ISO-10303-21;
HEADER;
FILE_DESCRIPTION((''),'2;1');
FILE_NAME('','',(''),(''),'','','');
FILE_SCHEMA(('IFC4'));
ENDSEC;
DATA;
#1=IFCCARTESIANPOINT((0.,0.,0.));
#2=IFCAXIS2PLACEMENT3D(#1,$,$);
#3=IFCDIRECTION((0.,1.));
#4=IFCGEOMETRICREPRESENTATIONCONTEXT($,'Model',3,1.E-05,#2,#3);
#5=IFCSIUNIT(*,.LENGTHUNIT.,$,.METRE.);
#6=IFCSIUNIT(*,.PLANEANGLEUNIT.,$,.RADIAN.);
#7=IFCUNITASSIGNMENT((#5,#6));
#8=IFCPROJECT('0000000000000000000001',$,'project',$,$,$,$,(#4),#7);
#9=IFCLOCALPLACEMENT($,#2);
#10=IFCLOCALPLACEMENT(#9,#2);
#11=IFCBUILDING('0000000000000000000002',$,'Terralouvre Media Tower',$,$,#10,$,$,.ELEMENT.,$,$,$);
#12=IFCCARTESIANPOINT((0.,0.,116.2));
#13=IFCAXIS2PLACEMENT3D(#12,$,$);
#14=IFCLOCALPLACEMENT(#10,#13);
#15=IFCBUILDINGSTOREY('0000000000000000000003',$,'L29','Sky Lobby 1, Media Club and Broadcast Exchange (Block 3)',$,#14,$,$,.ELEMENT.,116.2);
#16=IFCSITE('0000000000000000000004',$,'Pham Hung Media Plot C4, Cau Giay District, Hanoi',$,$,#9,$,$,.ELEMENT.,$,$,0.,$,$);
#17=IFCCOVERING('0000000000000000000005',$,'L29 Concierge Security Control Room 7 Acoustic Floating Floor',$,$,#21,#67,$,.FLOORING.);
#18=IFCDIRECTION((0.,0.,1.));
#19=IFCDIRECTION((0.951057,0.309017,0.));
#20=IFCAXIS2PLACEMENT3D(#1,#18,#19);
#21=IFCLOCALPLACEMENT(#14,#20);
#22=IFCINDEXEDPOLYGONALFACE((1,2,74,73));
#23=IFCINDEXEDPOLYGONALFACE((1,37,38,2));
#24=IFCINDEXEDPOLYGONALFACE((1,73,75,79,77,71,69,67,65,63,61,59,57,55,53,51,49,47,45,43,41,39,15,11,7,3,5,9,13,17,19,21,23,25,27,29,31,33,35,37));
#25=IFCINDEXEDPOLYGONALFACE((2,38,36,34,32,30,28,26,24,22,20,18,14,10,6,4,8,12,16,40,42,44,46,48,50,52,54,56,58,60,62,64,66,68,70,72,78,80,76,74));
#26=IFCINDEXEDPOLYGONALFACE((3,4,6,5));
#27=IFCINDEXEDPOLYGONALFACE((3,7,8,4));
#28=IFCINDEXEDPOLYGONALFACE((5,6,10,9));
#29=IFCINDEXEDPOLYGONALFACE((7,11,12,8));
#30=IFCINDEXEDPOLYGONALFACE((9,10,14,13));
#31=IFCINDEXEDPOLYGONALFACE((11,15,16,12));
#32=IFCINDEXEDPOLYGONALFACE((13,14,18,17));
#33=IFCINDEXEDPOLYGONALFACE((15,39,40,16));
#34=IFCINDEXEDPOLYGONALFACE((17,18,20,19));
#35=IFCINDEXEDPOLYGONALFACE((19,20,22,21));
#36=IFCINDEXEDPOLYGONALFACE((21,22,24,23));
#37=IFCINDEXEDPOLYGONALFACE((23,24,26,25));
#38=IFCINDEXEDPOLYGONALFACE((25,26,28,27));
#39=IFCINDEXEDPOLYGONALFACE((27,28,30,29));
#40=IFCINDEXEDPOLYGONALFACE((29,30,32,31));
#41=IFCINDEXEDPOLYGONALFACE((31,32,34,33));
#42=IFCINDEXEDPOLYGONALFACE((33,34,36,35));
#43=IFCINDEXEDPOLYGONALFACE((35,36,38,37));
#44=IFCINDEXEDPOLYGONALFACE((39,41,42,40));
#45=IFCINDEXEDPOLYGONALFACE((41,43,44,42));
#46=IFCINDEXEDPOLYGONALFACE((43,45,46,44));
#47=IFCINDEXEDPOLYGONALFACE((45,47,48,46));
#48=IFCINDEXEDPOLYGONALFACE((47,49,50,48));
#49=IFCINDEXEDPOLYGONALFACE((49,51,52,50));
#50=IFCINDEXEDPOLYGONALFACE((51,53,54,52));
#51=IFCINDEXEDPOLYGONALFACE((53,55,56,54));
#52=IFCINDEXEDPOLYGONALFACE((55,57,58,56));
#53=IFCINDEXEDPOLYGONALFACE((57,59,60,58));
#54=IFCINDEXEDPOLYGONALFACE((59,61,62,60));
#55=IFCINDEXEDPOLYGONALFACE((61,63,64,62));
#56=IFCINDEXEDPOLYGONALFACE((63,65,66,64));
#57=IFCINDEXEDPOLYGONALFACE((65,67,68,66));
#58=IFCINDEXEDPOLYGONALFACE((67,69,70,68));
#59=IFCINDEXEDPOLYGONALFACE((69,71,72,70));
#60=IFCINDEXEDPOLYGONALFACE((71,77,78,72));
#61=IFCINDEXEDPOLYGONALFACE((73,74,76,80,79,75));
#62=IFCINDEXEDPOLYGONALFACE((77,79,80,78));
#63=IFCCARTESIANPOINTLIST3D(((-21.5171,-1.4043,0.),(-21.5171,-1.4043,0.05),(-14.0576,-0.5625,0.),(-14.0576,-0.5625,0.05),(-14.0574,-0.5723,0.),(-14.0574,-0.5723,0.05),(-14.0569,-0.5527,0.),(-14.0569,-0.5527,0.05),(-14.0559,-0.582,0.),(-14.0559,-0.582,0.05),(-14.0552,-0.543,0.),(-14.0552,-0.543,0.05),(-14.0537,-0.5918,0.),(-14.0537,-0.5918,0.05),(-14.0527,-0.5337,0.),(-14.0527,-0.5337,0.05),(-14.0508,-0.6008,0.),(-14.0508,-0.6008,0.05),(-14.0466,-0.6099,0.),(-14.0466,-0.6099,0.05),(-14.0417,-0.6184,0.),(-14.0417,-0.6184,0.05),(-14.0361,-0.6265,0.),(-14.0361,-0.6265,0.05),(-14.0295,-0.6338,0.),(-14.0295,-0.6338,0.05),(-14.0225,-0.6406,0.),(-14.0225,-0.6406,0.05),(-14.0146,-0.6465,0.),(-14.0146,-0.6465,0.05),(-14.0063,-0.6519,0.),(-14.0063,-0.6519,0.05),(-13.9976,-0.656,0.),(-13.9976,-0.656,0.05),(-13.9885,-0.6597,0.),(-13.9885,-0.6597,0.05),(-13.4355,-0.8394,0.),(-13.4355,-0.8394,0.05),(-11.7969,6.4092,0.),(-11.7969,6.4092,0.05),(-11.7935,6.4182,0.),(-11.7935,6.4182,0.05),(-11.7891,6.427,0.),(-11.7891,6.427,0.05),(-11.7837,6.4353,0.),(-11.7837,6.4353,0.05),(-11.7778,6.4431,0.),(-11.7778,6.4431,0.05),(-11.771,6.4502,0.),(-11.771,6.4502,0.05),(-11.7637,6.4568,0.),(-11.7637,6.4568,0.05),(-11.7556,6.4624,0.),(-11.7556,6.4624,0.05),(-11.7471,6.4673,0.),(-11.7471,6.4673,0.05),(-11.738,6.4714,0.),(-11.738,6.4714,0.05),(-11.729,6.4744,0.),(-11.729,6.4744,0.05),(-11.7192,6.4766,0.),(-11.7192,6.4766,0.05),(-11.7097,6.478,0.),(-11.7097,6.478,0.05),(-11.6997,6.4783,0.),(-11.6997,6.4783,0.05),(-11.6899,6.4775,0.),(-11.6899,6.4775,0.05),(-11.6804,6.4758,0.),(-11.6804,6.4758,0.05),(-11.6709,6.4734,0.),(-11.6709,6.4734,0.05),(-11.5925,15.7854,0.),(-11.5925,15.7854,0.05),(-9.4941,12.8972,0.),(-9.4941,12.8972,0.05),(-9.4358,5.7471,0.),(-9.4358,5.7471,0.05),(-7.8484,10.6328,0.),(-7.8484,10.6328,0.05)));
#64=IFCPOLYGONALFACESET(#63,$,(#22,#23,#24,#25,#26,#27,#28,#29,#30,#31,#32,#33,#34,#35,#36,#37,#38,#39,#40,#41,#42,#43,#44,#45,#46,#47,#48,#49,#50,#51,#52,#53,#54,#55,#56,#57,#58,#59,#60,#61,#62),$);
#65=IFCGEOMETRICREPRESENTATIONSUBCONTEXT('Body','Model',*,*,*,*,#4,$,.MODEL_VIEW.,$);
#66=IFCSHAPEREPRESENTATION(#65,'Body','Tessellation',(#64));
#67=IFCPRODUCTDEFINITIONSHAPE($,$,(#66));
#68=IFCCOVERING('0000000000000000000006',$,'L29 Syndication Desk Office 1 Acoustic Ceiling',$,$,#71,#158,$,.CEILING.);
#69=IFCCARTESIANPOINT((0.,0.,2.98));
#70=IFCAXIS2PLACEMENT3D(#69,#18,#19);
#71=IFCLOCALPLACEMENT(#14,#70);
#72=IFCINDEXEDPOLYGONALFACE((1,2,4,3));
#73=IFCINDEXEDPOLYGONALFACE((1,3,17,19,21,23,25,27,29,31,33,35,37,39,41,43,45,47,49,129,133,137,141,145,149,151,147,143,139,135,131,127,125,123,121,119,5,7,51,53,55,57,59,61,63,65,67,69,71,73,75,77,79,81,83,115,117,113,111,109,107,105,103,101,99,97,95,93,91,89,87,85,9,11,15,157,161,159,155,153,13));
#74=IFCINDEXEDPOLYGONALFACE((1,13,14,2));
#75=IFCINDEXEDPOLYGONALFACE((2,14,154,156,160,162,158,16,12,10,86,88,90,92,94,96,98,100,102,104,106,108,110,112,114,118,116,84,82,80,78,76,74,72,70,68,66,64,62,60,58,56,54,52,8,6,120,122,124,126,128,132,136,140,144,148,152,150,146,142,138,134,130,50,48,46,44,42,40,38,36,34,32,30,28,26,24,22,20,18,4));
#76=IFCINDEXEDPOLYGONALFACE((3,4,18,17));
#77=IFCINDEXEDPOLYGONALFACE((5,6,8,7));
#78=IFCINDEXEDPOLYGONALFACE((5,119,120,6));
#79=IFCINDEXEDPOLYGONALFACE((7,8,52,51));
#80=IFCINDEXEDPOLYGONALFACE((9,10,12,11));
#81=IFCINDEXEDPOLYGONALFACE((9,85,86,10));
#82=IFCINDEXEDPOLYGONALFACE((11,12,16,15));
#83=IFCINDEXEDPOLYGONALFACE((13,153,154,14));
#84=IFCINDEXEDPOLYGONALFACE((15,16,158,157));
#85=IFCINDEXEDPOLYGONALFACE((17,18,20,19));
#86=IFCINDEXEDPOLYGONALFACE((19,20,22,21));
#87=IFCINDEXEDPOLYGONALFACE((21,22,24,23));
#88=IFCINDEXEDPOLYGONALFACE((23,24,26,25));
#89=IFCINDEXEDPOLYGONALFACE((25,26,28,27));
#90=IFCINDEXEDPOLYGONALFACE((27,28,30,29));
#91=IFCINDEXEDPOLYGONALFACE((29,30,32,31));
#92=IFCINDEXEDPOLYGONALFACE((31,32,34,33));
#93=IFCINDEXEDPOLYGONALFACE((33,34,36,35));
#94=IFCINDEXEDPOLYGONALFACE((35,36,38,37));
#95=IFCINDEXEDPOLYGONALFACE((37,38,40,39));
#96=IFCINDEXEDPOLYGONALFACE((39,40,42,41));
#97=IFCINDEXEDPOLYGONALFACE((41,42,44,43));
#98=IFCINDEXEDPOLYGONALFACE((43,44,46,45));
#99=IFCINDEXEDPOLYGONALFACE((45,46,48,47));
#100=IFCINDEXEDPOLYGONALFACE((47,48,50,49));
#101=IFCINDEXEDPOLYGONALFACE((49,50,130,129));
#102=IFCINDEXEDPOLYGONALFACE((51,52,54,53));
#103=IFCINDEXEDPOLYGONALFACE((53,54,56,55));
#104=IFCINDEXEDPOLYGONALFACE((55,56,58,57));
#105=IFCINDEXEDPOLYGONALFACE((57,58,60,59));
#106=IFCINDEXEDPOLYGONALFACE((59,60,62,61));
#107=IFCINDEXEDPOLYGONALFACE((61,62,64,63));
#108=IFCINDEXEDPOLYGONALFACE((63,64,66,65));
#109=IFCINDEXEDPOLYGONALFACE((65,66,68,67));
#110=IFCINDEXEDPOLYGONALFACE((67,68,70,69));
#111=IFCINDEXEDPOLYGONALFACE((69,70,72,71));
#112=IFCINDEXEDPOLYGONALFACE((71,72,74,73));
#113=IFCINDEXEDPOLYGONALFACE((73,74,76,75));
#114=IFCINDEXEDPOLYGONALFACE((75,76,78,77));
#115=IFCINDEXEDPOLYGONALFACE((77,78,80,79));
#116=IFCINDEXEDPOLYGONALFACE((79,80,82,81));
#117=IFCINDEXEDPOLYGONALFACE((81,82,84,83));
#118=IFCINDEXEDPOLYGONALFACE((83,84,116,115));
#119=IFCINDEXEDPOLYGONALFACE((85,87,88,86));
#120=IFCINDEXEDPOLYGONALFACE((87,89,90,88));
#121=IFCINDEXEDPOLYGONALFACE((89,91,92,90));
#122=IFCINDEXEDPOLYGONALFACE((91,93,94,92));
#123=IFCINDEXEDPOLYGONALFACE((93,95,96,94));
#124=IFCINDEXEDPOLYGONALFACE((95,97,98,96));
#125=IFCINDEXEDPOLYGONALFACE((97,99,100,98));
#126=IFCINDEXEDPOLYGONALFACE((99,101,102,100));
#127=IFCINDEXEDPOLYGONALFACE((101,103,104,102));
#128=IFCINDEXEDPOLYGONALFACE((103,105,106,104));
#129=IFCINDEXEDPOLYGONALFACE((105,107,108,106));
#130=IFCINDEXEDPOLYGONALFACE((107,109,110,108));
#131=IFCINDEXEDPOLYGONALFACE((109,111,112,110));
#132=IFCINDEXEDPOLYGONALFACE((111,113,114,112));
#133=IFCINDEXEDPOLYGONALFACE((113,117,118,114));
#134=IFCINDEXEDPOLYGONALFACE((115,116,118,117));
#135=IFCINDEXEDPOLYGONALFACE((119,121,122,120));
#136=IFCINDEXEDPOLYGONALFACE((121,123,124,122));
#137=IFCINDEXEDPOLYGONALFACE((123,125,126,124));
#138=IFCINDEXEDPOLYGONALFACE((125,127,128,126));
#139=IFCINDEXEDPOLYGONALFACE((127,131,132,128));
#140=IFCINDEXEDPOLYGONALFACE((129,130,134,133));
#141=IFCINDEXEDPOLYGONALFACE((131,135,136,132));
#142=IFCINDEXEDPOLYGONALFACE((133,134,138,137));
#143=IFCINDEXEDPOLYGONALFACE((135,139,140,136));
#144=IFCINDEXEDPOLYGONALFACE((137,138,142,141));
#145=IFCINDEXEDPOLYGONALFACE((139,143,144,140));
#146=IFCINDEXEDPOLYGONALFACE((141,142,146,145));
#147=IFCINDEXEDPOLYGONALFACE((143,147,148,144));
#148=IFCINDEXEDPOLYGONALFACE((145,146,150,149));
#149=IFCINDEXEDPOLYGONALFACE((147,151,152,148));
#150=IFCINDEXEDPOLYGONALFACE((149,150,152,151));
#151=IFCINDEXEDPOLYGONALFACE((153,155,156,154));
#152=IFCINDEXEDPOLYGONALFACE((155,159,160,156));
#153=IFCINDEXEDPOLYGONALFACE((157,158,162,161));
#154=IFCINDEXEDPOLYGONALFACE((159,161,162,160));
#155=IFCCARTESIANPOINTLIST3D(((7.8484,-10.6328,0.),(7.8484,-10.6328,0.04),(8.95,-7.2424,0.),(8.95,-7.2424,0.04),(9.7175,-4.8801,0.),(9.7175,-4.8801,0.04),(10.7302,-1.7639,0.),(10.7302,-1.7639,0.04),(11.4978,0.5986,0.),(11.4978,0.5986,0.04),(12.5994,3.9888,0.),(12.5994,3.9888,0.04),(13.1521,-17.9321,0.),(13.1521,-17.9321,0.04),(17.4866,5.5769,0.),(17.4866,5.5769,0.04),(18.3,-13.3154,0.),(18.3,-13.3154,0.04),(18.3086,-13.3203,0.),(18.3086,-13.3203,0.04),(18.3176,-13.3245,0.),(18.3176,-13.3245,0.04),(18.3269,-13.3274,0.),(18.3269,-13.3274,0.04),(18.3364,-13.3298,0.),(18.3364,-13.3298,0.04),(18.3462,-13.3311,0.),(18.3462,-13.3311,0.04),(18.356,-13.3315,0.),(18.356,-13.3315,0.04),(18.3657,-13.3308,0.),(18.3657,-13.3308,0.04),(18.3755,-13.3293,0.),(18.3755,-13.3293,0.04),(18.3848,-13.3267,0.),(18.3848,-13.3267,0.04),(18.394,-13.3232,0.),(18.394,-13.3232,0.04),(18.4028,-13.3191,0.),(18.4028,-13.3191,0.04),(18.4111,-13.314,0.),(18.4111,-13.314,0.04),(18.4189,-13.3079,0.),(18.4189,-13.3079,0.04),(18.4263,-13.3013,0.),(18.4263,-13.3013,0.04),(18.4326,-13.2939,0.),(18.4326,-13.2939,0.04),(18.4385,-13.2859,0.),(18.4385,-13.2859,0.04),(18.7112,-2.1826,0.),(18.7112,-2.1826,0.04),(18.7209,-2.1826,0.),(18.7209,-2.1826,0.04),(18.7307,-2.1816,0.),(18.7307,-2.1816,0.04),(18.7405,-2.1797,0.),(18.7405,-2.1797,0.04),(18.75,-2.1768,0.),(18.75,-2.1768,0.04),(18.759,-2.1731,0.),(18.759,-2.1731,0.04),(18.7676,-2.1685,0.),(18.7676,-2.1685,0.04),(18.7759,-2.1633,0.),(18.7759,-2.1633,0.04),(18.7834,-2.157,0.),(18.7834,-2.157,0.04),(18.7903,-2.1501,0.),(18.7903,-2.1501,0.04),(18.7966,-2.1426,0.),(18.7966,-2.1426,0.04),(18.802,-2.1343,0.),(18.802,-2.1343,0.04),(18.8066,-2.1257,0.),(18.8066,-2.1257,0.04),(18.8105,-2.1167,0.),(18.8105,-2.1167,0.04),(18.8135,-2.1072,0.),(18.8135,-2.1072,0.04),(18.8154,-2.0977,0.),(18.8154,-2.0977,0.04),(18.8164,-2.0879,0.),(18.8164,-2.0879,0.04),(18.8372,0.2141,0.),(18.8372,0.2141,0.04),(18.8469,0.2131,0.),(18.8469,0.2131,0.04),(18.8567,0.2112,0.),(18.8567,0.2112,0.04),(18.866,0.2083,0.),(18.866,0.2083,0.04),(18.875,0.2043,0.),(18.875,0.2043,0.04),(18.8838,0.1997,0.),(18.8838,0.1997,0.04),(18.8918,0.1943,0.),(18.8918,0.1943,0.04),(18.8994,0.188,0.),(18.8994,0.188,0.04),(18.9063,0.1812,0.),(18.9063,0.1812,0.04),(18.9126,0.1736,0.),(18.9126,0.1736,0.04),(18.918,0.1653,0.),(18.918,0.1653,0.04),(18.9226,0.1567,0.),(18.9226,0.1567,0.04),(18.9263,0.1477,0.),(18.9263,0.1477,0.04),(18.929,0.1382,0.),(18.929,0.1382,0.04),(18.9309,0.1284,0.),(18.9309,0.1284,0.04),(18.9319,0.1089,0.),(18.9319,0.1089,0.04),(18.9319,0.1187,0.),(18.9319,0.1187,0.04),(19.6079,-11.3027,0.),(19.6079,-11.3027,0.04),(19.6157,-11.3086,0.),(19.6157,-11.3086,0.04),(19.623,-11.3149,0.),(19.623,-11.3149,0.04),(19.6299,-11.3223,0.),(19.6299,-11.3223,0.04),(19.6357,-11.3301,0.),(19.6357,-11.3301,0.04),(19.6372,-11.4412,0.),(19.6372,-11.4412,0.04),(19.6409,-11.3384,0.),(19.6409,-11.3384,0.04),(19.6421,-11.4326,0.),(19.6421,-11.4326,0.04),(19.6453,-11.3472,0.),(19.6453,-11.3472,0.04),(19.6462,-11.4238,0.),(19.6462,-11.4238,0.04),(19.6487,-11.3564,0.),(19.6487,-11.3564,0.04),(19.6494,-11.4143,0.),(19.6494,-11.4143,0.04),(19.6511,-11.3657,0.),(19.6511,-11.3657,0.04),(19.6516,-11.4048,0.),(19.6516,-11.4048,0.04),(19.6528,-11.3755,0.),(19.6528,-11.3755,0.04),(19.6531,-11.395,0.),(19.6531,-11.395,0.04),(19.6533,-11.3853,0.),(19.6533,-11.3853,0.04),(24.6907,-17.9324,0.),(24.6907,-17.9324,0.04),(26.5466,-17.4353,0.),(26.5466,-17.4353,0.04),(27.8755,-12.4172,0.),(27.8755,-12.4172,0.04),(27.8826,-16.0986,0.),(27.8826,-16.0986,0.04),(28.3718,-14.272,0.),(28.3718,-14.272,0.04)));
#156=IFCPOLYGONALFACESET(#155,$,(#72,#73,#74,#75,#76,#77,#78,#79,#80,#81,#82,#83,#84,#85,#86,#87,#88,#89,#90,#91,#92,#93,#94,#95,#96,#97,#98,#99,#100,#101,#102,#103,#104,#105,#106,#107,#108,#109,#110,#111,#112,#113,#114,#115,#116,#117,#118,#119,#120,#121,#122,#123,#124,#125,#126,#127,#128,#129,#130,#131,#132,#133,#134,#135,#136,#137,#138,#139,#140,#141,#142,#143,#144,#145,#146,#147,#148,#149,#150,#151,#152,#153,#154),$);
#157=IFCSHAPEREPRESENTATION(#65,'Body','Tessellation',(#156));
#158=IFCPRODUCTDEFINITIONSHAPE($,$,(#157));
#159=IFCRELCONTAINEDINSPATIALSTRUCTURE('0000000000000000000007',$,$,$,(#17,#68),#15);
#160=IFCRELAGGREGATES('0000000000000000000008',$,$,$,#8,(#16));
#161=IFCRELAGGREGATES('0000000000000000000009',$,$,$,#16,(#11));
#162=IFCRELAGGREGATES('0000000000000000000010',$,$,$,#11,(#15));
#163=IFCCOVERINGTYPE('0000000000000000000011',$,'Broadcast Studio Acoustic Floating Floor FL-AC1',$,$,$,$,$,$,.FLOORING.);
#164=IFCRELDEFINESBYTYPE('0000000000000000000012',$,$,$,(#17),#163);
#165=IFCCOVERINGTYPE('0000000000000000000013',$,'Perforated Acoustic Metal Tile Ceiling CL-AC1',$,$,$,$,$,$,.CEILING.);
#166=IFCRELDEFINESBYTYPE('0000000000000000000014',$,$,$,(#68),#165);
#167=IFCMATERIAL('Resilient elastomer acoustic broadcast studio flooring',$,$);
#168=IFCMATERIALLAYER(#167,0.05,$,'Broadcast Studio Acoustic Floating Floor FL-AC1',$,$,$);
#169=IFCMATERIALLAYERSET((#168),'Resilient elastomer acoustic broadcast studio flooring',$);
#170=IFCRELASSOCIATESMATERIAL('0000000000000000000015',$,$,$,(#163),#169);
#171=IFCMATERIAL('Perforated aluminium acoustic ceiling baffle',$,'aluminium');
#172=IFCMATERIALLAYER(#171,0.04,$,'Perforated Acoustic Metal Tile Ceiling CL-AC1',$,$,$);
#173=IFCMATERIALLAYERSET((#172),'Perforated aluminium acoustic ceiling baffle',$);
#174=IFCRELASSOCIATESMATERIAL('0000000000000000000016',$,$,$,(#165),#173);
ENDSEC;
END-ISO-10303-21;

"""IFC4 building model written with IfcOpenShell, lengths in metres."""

from ifc_helpers import new_model, si_unit, direction, frame, origin, place, context, subcontext, project, spatial, polyline, outline, extrude, material, layer, layer_set, type_object, element, save


model = new_model("IFC4")

# Units and contexts
model_context = context("Model", 3, precision=1e-05, world=origin(), true_north=direction((0.0, 1.0)))
body_context = subcontext(model_context, "Body", "Model", "MODEL_VIEW")
ifc_project = project(units=[si_unit("LENGTHUNIT", "METRE"), si_unit("PLANEANGLEUNIT", "RADIAN")], contexts=[model_context])

# Site, building, storey
site_placement = place(None, origin())
site = spatial("IfcSite", under=ifc_project, at=site_placement, Name="Pham Hung Media Plot C4, Cau Giay District, Hanoi", CompositionType="ELEMENT", RefElevation=0.0)
building_placement = place(site_placement, origin())
building = spatial("IfcBuilding", under=site, at=building_placement, Name="Terralouvre Media Tower", CompositionType="ELEMENT")
storey_placement = place(building_placement, frame((0.0, 0.0, 116.2)))
storey = spatial("IfcBuildingStorey", under=building, at=storey_placement, Name="L29", Description="Sky Lobby 1, Media Club and Broadcast Exchange (Block 3)", CompositionType="ELEMENT", Elevation=116.2)

# Coverings
ifc_material_1 = material(Name="Resilient elastomer acoustic broadcast studio flooring")
ifc_layer_1 = layer(ifc_material_1, 0.05, Name="Broadcast Studio Acoustic Floating Floor FL-AC1")
ifc_layer_set_1 = layer_set([ifc_layer_1], Name="Resilient elastomer acoustic broadcast studio flooring")
covering_type_1 = type_object("IfcCoveringType", Name="Broadcast Studio Acoustic Floating Floor FL-AC1", PredefinedType="FLOORING", material=ifc_layer_set_1)
covering_1_placement = place(storey_placement, frame((0.0, 0.0, 0.0), z_axis=(0.0, 0.0, 1.0), x_axis=(0.951057, 0.309017, 0.0)))
element("IfcCovering", 1, at=covering_1_placement, inside=storey, type_object=covering_type_1, Name="L29 Concierge Security Control Room 7 Acoustic Floating Floor", PredefinedType="FLOORING", context=body_context, shape_type="SweptSolid", body=[
    extrude(outline(polyline([(-13.9885, -0.6597), (-13.9976, -0.656), (-14.0063, -0.6519), (-14.0146, -0.6465), (-14.0225, -0.6406), (-14.0295, -0.6338), (-14.0361, -0.6265), (-14.0417, -0.6184), (-14.0466, -0.6099), (-14.0508, -0.6008), (-14.0537, -0.5918), (-14.0559, -0.582), (-14.0574, -0.5723), (-14.0576, -0.5625), (-14.0569, -0.5527), (-14.0552, -0.543), (-14.0527, -0.5337), (-11.7969, 6.4092), (-11.7935, 6.4182), (-11.7891, 6.427), (-11.7837, 6.4353), (-11.7778, 6.4431), (-11.771, 6.4502), (-11.7637, 6.4568), (-11.7556, 6.4624), (-11.7471, 6.4673), (-11.738, 6.4714), (-11.729, 6.4744), (-11.7192, 6.4766), (-11.7097, 6.478), (-11.6997, 6.4783), (-11.6899, 6.4775), (-11.6804, 6.4758), (-11.6709, 6.4734), (-9.4358, 5.7471), (-7.8484, 10.6328), (-9.4941, 12.8972), (-11.5925, 15.7854), (-21.5171, -1.4043), (-13.4355, -0.8394), (-13.9885, -0.6597)])), origin(), (0.0, 0.0, 1.0), 0.05),
])
ifc_material_2 = material(Name="Perforated aluminium acoustic ceiling baffle", Category="aluminium")
ifc_layer_2 = layer(ifc_material_2, 0.04, Name="Perforated Acoustic Metal Tile Ceiling CL-AC1")
ifc_layer_set_2 = layer_set([ifc_layer_2], Name="Perforated aluminium acoustic ceiling baffle")
covering_type_2 = type_object("IfcCoveringType", Name="Perforated Acoustic Metal Tile Ceiling CL-AC1", PredefinedType="CEILING", material=ifc_layer_set_2)
covering_2_placement = place(storey_placement, frame((0.0, 0.0, 2.98), z_axis=(0.0, 0.0, 1.0), x_axis=(0.951057, 0.309017, 0.0)))
element("IfcCovering", 2, at=covering_2_placement, inside=storey, type_object=covering_type_2, Name="L29 Syndication Desk Office 1 Acoustic Ceiling", PredefinedType="CEILING", context=body_context, shape_type="SweptSolid", body=[
    extrude(outline(polyline([(11.4978, 0.5986), (18.8372, 0.2141), (18.8469, 0.2131), (18.8567, 0.2112), (18.866, 0.2083), (18.875, 0.2043), (18.8838, 0.1997), (18.8918, 0.1943), (18.8994, 0.188), (18.9062, 0.1812), (18.9126, 0.1736), (18.918, 0.1653), (18.9226, 0.1567), (18.9263, 0.1477), (18.929, 0.1382), (18.9309, 0.1284), (18.9319, 0.1187), (18.9319, 0.1089), (18.8164, -2.0879), (18.8154, -2.0977), (18.8135, -2.1072), (18.8105, -2.1167), (18.8066, -2.1257), (18.802, -2.1343), (18.7966, -2.1426), (18.7903, -2.1501), (18.7834, -2.157), (18.7759, -2.1633), (18.7676, -2.1685), (18.759, -2.1731), (18.75, -2.1768), (18.7405, -2.1797), (18.7307, -2.1816), (18.7209, -2.1826), (18.7112, -2.1826), (10.7302, -1.7639), (9.7175, -4.8801), (19.6079, -11.3027), (19.6157, -11.3086), (19.623, -11.3149), (19.6299, -11.3223), (19.6357, -11.3301), (19.6409, -11.3384), (19.6453, -11.3472), (19.6487, -11.3564), (19.6511, -11.3657), (19.6528, -11.3755), (19.6533, -11.3853), (19.6531, -11.395), (19.6516, -11.4048), (19.6494, -11.4143), (19.6462, -11.4238), (19.6421, -11.4326), (19.6372, -11.4412), (18.4385, -13.2859), (18.4326, -13.2939), (18.4263, -13.3013), (18.4189, -13.3079), (18.4111, -13.314), (18.4028, -13.3191), (18.394, -13.3232), (18.3848, -13.3267), (18.3755, -13.3293), (18.3657, -13.3308), (18.356, -13.3315), (18.3462, -13.3311), (18.3364, -13.3298), (18.3269, -13.3274), (18.3176, -13.3245), (18.3086, -13.3203), (18.3, -13.3154), (8.95, -7.2424), (7.8484, -10.6328), (13.1521, -17.9321), (24.6907, -17.9324), (26.5466, -17.4353), (27.8826, -16.0986), (28.3718, -14.272), (27.8755, -12.4172), (17.4866, 5.5769), (12.5994, 3.9888), (11.4978, 0.5986)])), origin(), (0.0, 0.0, 1.0), 0.04),
])

save(model, "model.ifc")
